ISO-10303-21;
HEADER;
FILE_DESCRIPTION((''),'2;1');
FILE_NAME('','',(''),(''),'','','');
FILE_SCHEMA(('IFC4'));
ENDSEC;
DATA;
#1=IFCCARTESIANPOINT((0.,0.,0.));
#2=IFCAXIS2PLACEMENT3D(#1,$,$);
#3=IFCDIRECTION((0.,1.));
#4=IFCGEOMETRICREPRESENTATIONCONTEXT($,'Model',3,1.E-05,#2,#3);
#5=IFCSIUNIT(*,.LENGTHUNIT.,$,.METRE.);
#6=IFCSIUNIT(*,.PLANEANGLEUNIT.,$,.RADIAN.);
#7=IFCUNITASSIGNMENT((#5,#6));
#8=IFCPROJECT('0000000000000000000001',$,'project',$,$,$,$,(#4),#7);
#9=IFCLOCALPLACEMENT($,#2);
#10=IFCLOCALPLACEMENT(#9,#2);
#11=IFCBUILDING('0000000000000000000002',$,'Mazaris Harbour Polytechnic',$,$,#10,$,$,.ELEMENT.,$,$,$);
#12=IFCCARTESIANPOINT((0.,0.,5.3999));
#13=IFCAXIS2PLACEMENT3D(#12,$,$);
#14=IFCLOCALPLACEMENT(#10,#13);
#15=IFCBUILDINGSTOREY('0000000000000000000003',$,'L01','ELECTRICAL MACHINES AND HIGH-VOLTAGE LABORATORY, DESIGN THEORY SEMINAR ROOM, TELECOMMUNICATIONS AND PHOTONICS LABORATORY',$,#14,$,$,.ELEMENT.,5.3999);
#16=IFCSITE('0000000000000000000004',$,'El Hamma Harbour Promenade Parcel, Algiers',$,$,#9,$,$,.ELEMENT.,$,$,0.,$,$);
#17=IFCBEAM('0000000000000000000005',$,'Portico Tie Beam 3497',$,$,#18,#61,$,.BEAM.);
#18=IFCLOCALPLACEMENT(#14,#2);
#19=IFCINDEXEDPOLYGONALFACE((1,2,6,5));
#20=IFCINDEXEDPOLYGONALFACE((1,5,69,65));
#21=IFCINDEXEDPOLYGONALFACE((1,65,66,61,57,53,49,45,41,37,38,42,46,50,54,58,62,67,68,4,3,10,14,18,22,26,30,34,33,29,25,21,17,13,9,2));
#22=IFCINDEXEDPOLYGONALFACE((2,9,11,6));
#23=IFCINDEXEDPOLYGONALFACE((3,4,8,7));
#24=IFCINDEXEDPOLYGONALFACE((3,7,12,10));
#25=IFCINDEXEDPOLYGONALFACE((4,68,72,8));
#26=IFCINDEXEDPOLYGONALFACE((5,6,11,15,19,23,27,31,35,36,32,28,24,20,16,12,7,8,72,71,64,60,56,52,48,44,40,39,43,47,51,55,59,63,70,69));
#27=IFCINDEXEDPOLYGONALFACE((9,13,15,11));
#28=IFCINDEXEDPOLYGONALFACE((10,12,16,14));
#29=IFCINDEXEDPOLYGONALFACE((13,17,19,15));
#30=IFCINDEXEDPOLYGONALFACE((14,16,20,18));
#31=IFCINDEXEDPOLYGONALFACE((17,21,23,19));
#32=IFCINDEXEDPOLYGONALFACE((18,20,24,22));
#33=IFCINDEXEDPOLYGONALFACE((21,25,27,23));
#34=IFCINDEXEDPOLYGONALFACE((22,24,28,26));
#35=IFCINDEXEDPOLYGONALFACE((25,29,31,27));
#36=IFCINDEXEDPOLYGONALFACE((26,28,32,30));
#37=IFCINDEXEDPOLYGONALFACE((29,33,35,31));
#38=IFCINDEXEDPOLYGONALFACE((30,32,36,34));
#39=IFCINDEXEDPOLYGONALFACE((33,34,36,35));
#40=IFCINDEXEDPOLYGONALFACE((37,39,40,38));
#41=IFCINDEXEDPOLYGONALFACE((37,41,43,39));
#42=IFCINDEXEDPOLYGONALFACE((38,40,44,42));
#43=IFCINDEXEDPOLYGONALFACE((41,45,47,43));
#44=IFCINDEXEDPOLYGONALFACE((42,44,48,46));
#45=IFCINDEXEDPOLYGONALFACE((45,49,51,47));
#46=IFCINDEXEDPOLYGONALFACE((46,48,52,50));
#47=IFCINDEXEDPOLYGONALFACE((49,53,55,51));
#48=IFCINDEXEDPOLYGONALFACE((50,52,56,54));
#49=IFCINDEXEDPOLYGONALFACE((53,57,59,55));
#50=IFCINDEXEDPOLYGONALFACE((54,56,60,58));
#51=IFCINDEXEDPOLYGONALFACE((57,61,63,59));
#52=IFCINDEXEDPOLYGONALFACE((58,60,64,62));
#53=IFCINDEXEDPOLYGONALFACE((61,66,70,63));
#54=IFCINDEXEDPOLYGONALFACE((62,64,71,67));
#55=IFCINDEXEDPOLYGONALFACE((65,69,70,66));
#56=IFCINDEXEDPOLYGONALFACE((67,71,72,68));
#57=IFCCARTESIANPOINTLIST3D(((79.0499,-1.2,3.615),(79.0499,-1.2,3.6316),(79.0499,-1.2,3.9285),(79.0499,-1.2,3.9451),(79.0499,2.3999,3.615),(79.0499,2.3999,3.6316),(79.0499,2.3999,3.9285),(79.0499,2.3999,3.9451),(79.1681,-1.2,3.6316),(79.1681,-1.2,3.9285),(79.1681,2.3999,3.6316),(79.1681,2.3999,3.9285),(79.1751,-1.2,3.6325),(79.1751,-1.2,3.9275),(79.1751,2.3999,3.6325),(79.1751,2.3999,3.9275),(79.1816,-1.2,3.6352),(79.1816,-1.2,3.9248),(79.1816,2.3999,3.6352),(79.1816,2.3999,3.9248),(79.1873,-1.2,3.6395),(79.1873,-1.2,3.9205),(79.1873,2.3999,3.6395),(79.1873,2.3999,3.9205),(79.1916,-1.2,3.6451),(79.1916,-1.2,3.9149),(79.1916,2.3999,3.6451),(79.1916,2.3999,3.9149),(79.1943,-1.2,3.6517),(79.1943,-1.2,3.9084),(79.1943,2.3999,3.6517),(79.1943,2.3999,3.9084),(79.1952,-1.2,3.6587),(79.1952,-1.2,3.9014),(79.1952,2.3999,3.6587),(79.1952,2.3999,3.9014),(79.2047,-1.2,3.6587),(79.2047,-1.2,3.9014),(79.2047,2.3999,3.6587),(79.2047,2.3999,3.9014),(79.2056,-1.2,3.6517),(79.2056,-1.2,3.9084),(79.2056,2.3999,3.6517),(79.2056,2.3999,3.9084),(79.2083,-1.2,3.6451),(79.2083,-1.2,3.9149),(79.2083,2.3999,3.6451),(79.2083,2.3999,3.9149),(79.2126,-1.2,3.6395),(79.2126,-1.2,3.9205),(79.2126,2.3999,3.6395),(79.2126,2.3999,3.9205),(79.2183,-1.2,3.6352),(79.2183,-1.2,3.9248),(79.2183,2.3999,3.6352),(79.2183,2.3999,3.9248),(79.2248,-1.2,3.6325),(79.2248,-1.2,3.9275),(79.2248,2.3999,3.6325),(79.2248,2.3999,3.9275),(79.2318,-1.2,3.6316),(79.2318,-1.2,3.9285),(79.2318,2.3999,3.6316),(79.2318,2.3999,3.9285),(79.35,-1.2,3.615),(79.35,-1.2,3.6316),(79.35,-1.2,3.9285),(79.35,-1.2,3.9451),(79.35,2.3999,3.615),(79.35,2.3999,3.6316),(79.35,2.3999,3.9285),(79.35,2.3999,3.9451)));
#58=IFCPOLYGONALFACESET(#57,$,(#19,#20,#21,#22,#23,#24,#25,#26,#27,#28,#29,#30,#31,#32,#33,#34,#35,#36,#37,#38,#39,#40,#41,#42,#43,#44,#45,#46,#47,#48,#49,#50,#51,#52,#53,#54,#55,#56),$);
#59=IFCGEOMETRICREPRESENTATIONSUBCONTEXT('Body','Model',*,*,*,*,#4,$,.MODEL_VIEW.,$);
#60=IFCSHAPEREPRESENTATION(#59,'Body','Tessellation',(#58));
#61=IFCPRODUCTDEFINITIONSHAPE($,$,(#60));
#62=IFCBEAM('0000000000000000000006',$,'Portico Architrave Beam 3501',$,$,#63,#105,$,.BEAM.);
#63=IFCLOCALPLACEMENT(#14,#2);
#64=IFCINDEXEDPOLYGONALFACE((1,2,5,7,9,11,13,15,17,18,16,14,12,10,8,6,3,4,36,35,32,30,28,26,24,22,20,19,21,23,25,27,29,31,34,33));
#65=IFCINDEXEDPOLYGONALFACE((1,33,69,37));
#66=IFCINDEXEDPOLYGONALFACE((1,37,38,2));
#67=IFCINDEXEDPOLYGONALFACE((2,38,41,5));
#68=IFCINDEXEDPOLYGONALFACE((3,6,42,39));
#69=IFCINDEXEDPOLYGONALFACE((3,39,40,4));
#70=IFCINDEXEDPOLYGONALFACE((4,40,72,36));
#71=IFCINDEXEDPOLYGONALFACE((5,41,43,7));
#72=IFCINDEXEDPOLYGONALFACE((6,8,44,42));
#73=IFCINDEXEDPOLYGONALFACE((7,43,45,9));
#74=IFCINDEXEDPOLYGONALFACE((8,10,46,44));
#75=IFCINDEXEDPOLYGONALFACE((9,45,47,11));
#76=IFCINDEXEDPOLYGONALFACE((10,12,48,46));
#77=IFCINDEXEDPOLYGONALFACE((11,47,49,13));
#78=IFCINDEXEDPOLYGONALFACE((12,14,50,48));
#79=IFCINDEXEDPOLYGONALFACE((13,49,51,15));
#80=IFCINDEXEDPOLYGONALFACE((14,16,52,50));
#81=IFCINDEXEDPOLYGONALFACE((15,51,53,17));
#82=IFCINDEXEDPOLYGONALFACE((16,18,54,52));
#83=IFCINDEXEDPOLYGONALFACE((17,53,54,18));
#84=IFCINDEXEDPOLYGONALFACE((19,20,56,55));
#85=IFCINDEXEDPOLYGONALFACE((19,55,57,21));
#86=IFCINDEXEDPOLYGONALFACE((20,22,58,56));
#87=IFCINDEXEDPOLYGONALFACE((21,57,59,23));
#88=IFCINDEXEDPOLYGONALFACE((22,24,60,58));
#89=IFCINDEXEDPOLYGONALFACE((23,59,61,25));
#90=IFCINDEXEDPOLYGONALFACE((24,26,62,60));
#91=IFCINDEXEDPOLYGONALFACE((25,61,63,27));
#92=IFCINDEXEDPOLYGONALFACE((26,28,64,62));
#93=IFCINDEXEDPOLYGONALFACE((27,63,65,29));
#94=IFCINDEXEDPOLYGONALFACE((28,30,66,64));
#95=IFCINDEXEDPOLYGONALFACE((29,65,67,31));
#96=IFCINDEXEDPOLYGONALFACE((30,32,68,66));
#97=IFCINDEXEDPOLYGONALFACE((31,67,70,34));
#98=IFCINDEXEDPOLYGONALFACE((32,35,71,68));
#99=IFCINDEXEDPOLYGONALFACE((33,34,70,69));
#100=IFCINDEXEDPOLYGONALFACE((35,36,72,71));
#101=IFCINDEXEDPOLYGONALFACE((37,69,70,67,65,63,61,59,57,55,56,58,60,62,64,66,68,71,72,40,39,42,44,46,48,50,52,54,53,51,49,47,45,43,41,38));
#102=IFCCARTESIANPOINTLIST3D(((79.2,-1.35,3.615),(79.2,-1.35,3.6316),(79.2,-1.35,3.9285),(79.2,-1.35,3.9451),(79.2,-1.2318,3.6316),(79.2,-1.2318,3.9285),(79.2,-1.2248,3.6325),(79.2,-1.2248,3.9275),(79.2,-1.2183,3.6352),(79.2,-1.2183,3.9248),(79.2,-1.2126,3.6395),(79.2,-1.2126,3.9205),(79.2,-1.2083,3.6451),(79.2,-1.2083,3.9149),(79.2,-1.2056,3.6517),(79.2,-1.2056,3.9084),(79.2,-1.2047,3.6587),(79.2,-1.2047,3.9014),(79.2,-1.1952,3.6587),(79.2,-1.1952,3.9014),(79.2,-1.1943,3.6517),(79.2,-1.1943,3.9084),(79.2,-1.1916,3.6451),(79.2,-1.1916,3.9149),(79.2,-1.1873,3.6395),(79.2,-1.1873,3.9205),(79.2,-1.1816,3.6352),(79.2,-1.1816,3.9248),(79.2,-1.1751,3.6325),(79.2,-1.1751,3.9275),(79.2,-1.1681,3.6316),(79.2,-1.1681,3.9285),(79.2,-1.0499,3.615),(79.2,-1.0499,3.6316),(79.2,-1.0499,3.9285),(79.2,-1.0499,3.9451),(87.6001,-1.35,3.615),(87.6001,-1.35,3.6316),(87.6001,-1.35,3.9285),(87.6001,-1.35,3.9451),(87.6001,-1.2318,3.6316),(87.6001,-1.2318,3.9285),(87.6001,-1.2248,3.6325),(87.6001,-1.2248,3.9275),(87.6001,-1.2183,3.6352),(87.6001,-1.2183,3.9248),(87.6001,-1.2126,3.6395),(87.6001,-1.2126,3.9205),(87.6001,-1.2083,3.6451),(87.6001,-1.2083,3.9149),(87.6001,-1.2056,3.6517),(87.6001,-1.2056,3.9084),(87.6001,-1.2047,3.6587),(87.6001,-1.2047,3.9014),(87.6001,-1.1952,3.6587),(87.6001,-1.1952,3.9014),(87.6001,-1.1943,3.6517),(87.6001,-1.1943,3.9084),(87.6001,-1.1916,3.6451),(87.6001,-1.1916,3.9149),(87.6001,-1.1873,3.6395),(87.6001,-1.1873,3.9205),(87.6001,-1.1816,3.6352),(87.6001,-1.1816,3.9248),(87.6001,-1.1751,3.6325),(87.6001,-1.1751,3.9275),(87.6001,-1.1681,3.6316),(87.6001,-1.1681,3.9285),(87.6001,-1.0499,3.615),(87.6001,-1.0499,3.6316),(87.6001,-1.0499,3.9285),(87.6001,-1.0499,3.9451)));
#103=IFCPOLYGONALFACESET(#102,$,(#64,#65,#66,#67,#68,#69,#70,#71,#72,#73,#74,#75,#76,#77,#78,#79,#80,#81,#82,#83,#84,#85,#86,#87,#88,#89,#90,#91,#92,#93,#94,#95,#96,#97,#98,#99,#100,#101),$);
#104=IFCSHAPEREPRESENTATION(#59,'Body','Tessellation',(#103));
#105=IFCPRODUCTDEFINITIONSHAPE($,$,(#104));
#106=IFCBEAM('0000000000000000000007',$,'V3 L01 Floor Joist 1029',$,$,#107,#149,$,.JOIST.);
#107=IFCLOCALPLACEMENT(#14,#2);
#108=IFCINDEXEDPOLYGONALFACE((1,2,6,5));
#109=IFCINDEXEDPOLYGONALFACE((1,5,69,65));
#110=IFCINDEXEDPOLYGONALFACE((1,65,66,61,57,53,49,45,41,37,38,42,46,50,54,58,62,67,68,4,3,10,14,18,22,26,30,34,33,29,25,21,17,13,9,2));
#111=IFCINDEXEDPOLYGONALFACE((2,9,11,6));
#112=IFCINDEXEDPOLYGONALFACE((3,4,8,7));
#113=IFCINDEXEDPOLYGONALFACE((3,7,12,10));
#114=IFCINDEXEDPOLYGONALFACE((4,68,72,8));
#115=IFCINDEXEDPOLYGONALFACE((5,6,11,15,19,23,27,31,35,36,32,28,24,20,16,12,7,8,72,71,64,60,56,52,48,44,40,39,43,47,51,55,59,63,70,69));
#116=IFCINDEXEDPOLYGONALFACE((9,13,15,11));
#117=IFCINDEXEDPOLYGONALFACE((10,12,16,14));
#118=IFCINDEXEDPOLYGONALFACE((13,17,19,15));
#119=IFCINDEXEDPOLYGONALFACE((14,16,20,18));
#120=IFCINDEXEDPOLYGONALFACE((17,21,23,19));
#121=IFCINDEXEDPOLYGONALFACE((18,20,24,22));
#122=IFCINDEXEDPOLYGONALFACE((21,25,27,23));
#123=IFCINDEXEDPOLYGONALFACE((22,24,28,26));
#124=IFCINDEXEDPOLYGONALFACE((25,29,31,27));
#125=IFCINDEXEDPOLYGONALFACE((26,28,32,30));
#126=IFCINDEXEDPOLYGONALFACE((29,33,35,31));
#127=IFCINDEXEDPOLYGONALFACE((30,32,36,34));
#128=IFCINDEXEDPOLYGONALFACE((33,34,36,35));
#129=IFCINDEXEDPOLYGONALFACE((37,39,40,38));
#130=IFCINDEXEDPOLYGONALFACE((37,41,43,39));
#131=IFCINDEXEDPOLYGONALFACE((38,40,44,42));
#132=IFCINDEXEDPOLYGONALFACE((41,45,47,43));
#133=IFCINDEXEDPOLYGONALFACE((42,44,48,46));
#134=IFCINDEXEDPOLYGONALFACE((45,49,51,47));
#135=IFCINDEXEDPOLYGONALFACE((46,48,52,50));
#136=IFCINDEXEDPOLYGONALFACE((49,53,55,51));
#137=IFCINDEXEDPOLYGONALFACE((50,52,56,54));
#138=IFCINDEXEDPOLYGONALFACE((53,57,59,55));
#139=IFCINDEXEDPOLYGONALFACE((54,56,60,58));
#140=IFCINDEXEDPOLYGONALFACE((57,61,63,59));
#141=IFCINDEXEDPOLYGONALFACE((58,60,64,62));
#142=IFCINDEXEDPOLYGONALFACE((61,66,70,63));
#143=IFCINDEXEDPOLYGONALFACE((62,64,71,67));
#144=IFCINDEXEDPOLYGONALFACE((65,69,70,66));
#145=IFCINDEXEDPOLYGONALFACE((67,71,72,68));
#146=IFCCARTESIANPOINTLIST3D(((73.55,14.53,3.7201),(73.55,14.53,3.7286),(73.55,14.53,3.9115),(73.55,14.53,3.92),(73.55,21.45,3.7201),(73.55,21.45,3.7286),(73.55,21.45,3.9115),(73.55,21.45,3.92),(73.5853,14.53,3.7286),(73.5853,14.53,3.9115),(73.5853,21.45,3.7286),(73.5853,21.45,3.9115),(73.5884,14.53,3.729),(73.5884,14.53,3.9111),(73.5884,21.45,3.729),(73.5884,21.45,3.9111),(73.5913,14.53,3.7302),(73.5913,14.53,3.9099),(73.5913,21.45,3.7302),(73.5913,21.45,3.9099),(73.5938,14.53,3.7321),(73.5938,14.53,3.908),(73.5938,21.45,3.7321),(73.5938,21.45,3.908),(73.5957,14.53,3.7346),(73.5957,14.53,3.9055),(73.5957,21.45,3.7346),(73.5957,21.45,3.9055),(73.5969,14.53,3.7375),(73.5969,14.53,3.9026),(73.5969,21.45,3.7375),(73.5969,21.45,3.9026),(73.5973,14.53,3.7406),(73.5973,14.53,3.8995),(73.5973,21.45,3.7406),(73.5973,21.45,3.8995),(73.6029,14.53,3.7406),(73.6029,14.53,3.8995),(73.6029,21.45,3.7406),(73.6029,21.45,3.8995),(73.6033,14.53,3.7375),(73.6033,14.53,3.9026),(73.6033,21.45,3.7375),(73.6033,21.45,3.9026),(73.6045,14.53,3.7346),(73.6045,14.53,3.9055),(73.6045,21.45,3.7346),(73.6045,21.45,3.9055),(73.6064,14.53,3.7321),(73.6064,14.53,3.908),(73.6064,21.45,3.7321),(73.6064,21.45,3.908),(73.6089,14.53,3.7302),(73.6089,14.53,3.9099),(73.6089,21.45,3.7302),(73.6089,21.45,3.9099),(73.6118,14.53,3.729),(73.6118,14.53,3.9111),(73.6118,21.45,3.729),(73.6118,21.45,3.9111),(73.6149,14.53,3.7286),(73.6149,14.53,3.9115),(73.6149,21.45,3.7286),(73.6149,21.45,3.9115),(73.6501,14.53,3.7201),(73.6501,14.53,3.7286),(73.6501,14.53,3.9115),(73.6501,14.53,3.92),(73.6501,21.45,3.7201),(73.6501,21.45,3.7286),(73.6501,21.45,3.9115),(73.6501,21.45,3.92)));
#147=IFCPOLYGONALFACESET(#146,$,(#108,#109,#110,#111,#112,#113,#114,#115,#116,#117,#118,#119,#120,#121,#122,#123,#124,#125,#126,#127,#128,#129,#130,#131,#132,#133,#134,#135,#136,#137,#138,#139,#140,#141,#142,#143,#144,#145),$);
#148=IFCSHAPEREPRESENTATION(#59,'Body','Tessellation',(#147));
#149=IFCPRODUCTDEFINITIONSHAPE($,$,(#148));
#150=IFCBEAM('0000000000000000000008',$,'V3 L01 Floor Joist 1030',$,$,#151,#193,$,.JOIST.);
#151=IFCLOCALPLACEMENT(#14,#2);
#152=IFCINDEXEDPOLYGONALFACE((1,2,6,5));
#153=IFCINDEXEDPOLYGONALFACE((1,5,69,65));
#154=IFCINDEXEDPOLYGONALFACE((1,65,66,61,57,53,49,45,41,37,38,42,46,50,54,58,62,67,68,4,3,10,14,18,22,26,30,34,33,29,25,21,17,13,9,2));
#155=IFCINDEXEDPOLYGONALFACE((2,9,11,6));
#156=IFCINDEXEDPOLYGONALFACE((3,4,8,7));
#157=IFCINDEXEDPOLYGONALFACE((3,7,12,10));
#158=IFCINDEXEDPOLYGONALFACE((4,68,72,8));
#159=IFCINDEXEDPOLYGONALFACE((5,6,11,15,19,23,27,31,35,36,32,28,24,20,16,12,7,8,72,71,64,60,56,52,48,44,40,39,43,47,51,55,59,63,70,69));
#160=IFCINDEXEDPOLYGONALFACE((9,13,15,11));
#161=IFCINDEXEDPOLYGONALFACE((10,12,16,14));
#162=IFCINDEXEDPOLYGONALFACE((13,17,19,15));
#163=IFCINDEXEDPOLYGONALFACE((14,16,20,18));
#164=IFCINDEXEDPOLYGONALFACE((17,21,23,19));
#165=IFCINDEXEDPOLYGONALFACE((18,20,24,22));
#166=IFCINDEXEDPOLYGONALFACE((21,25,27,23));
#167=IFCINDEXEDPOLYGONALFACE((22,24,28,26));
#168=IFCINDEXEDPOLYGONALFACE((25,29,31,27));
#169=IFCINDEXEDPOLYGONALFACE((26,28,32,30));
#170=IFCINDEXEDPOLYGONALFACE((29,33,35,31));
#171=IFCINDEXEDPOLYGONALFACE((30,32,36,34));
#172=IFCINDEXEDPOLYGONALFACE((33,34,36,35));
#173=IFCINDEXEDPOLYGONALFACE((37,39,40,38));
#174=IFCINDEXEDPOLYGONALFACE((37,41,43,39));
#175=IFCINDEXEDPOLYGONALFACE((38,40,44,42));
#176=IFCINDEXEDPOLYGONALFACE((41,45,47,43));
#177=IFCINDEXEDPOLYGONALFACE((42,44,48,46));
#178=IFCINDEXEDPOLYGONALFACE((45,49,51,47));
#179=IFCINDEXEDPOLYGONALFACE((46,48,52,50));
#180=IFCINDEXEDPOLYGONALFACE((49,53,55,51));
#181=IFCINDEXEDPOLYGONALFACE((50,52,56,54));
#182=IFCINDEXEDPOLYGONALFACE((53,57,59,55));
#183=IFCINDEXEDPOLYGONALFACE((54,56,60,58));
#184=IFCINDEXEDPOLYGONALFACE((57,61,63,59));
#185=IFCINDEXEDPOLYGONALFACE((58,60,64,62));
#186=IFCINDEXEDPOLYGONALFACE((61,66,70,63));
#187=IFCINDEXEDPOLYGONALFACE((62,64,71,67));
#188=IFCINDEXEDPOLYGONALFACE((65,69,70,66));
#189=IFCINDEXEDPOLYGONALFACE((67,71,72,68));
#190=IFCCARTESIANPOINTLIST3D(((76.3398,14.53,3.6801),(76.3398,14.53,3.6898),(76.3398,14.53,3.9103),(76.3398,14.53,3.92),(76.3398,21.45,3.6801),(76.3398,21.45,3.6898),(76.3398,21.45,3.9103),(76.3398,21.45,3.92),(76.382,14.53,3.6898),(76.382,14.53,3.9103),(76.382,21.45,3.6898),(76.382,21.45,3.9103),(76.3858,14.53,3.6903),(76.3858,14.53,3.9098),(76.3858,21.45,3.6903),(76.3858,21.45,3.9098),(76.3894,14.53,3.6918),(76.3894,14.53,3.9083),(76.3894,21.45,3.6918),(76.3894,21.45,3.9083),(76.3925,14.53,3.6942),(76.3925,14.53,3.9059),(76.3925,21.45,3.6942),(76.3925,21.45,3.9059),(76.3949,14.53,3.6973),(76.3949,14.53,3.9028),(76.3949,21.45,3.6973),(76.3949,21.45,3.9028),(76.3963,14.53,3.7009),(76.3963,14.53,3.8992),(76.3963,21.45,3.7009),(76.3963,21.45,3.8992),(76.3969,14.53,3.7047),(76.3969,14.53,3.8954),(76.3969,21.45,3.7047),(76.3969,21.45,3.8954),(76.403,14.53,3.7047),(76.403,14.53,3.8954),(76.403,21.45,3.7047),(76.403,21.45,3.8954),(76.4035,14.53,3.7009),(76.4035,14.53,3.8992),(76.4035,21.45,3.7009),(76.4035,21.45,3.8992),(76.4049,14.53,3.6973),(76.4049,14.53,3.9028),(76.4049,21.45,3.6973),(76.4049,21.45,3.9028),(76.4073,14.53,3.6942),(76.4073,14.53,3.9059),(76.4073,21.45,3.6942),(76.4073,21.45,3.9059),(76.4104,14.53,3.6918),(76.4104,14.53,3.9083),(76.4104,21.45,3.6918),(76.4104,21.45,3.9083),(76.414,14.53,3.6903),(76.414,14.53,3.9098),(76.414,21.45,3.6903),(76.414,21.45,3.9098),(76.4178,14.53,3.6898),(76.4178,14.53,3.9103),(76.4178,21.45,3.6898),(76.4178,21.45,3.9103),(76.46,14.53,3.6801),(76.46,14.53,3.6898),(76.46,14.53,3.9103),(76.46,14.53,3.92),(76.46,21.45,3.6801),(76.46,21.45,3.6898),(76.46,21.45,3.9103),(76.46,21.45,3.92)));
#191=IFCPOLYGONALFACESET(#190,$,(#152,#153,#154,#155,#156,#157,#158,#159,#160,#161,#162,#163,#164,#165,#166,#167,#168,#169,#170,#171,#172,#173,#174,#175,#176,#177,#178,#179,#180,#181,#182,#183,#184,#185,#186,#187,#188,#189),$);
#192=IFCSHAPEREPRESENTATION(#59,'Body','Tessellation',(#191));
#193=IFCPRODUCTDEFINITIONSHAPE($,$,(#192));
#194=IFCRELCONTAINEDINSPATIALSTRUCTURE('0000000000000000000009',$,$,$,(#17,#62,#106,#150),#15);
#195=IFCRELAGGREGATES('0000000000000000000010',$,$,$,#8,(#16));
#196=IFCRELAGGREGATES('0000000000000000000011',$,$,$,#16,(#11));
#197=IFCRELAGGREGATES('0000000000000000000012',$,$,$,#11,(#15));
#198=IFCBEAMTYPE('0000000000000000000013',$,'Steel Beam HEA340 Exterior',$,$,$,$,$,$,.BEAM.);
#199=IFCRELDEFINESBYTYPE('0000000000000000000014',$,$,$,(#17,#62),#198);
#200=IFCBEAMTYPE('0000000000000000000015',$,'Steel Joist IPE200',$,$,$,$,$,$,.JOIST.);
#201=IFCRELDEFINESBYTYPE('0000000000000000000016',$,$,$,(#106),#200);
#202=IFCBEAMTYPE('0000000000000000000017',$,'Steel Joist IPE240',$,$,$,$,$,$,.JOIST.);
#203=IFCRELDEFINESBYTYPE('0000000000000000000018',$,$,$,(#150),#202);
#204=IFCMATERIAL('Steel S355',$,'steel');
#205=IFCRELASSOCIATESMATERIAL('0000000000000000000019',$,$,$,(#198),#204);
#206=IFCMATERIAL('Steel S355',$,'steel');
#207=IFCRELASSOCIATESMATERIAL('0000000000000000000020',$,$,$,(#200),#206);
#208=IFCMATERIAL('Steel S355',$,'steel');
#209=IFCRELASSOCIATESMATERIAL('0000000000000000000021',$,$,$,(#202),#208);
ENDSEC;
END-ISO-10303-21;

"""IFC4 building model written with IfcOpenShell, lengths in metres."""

from ifc_helpers import new_model, si_unit, direction, frame, origin, origin_2d, place, context, subcontext, project, spatial, i_section, extrude, material, material_profile, profile_set, type_object, element, save


model = new_model("IFC4")

# Units and contexts
model_context = context("Model", 3, precision=1e-05, world=origin(), true_north=direction((0.0, 1.0)))
body_context = subcontext(model_context, "Body", "Model", "MODEL_VIEW")
ifc_project = project(units=[si_unit("LENGTHUNIT", "METRE"), si_unit("PLANEANGLEUNIT", "RADIAN")], contexts=[model_context])

# Site, building, storey
site_placement = place(None, origin())
site = spatial("IfcSite", under=ifc_project, at=site_placement, Name="El Hamma Harbour Promenade Parcel, Algiers", CompositionType="ELEMENT", RefElevation=0.0)
building_placement = place(site_placement, origin())
building = spatial("IfcBuilding", under=site, at=building_placement, Name="Mazaris Harbour Polytechnic", CompositionType="ELEMENT")
storey_placement = place(building_placement, frame((0.0, 0.0, 5.3999)))
storey = spatial("IfcBuildingStorey", under=building, at=storey_placement, Name="L01", Description="ELECTRICAL MACHINES AND HIGH-VOLTAGE LABORATORY, DESIGN THEORY SEMINAR ROOM, TELECOMMUNICATIONS AND PHOTONICS LABORATORY", CompositionType="ELEMENT", Elevation=5.3999)

# Beams
ifc_material_1 = material(Name="Steel S355", Category="steel")
ifc_material_profile_1 = material_profile(ifc_material_1, i_section(OverallWidth=0.3, OverallDepth=0.3301, WebThickness=0.0095, FlangeThickness=0.0166, FilletRadius=0.0271, at=origin_2d()), Name="HEA 340")
ifc_profile_set_1 = profile_set([ifc_material_profile_1], Name="Steel S355")
beam_type_1 = type_object("IfcBeamType", Name="Steel Beam HEA340 Exterior", PredefinedType="BEAM", material=ifc_profile_set_1)
beam_1_placement = place(storey_placement, frame((79.2, -1.2, 3.78), z_axis=(0.0, 1.0, 0.0), x_axis=(-1.0, 0.0, 0.0)))
element("IfcBeam", 1, at=beam_1_placement, inside=storey, type_object=beam_type_1, Name="Portico Tie Beam 3497", PredefinedType="BEAM", context=body_context, shape_type="SweptSolid", body=[
    extrude(i_section(OverallWidth=0.3, OverallDepth=0.3301, WebThickness=0.0095, FlangeThickness=0.0166, FilletRadius=0.0271, at=origin_2d()), origin(), (0.0, 0.0, 1.0), 3.5999),
])
beam_2_placement = place(storey_placement, frame((79.2, -1.2, 3.78), z_axis=(1.0, 0.0, 0.0), x_axis=(0.0, 1.0, 0.0)))
element("IfcBeam", 2, at=beam_2_placement, inside=storey, type_object=beam_type_1, Name="Portico Architrave Beam 3501", PredefinedType="BEAM", context=body_context, shape_type="SweptSolid", body=[
    extrude(i_section(OverallWidth=0.3, OverallDepth=0.3301, WebThickness=0.0095, FlangeThickness=0.0166, FilletRadius=0.0271, at=origin_2d()), origin(), (0.0, 0.0, 1.0), 8.4001),
])
ifc_material_2 = material(Name="Steel S355", Category="steel")
ifc_material_profile_2 = material_profile(ifc_material_2, i_section(OverallWidth=0.1001, OverallDepth=0.2, WebThickness=0.0056, FlangeThickness=0.0085, FilletRadius=0.012, at=origin_2d()), Name="IPE 200")
ifc_profile_set_2 = profile_set([ifc_material_profile_2], Name="Steel S355")
beam_type_2 = type_object("IfcBeamType", Name="Steel Joist IPE200", PredefinedType="JOIST", material=ifc_profile_set_2)
beam_3_placement = place(storey_placement, frame((73.6001, 14.53, 3.8201), z_axis=(0.0, 1.0, 0.0), x_axis=(-1.0, 0.0, 0.0)))
element("IfcBeam", 3, at=beam_3_placement, inside=storey, type_object=beam_type_2, Name="V3 L01 Floor Joist 1029", PredefinedType="JOIST", context=body_context, shape_type="SweptSolid", body=[
    extrude(i_section(OverallWidth=0.1001, OverallDepth=0.2, WebThickness=0.0056, FlangeThickness=0.0085, FilletRadius=0.012, at=origin_2d()), origin(), (0.0, 0.0, 1.0), 6.9199),
])
ifc_material_3 = material(Name="Steel S355", Category="steel")
ifc_material_profile_3 = material_profile(ifc_material_3, i_section(OverallWidth=0.1201, OverallDepth=0.24, WebThickness=0.0061, FlangeThickness=0.0098, FilletRadius=0.0149, at=origin_2d()), Name="IPE 240")
ifc_profile_set_3 = profile_set([ifc_material_profile_3], Name="Steel S355")
beam_type_3 = type_object("IfcBeamType", Name="Steel Joist IPE240", PredefinedType="JOIST", material=ifc_profile_set_3)
beam_4_placement = place(storey_placement, frame((76.3999, 14.53, 3.8), z_axis=(0.0, 1.0, 0.0), x_axis=(-1.0, 0.0, 0.0)))
element("IfcBeam", 4, at=beam_4_placement, inside=storey, type_object=beam_type_3, Name="V3 L01 Floor Joist 1030", PredefinedType="JOIST", context=body_context, shape_type="SweptSolid", body=[
    extrude(i_section(OverallWidth=0.1201, OverallDepth=0.24, WebThickness=0.0061, FlangeThickness=0.0098, FilletRadius=0.0149, at=origin_2d()), origin(), (0.0, 0.0, 1.0), 6.9199),
])

save(model, "model.ifc")
